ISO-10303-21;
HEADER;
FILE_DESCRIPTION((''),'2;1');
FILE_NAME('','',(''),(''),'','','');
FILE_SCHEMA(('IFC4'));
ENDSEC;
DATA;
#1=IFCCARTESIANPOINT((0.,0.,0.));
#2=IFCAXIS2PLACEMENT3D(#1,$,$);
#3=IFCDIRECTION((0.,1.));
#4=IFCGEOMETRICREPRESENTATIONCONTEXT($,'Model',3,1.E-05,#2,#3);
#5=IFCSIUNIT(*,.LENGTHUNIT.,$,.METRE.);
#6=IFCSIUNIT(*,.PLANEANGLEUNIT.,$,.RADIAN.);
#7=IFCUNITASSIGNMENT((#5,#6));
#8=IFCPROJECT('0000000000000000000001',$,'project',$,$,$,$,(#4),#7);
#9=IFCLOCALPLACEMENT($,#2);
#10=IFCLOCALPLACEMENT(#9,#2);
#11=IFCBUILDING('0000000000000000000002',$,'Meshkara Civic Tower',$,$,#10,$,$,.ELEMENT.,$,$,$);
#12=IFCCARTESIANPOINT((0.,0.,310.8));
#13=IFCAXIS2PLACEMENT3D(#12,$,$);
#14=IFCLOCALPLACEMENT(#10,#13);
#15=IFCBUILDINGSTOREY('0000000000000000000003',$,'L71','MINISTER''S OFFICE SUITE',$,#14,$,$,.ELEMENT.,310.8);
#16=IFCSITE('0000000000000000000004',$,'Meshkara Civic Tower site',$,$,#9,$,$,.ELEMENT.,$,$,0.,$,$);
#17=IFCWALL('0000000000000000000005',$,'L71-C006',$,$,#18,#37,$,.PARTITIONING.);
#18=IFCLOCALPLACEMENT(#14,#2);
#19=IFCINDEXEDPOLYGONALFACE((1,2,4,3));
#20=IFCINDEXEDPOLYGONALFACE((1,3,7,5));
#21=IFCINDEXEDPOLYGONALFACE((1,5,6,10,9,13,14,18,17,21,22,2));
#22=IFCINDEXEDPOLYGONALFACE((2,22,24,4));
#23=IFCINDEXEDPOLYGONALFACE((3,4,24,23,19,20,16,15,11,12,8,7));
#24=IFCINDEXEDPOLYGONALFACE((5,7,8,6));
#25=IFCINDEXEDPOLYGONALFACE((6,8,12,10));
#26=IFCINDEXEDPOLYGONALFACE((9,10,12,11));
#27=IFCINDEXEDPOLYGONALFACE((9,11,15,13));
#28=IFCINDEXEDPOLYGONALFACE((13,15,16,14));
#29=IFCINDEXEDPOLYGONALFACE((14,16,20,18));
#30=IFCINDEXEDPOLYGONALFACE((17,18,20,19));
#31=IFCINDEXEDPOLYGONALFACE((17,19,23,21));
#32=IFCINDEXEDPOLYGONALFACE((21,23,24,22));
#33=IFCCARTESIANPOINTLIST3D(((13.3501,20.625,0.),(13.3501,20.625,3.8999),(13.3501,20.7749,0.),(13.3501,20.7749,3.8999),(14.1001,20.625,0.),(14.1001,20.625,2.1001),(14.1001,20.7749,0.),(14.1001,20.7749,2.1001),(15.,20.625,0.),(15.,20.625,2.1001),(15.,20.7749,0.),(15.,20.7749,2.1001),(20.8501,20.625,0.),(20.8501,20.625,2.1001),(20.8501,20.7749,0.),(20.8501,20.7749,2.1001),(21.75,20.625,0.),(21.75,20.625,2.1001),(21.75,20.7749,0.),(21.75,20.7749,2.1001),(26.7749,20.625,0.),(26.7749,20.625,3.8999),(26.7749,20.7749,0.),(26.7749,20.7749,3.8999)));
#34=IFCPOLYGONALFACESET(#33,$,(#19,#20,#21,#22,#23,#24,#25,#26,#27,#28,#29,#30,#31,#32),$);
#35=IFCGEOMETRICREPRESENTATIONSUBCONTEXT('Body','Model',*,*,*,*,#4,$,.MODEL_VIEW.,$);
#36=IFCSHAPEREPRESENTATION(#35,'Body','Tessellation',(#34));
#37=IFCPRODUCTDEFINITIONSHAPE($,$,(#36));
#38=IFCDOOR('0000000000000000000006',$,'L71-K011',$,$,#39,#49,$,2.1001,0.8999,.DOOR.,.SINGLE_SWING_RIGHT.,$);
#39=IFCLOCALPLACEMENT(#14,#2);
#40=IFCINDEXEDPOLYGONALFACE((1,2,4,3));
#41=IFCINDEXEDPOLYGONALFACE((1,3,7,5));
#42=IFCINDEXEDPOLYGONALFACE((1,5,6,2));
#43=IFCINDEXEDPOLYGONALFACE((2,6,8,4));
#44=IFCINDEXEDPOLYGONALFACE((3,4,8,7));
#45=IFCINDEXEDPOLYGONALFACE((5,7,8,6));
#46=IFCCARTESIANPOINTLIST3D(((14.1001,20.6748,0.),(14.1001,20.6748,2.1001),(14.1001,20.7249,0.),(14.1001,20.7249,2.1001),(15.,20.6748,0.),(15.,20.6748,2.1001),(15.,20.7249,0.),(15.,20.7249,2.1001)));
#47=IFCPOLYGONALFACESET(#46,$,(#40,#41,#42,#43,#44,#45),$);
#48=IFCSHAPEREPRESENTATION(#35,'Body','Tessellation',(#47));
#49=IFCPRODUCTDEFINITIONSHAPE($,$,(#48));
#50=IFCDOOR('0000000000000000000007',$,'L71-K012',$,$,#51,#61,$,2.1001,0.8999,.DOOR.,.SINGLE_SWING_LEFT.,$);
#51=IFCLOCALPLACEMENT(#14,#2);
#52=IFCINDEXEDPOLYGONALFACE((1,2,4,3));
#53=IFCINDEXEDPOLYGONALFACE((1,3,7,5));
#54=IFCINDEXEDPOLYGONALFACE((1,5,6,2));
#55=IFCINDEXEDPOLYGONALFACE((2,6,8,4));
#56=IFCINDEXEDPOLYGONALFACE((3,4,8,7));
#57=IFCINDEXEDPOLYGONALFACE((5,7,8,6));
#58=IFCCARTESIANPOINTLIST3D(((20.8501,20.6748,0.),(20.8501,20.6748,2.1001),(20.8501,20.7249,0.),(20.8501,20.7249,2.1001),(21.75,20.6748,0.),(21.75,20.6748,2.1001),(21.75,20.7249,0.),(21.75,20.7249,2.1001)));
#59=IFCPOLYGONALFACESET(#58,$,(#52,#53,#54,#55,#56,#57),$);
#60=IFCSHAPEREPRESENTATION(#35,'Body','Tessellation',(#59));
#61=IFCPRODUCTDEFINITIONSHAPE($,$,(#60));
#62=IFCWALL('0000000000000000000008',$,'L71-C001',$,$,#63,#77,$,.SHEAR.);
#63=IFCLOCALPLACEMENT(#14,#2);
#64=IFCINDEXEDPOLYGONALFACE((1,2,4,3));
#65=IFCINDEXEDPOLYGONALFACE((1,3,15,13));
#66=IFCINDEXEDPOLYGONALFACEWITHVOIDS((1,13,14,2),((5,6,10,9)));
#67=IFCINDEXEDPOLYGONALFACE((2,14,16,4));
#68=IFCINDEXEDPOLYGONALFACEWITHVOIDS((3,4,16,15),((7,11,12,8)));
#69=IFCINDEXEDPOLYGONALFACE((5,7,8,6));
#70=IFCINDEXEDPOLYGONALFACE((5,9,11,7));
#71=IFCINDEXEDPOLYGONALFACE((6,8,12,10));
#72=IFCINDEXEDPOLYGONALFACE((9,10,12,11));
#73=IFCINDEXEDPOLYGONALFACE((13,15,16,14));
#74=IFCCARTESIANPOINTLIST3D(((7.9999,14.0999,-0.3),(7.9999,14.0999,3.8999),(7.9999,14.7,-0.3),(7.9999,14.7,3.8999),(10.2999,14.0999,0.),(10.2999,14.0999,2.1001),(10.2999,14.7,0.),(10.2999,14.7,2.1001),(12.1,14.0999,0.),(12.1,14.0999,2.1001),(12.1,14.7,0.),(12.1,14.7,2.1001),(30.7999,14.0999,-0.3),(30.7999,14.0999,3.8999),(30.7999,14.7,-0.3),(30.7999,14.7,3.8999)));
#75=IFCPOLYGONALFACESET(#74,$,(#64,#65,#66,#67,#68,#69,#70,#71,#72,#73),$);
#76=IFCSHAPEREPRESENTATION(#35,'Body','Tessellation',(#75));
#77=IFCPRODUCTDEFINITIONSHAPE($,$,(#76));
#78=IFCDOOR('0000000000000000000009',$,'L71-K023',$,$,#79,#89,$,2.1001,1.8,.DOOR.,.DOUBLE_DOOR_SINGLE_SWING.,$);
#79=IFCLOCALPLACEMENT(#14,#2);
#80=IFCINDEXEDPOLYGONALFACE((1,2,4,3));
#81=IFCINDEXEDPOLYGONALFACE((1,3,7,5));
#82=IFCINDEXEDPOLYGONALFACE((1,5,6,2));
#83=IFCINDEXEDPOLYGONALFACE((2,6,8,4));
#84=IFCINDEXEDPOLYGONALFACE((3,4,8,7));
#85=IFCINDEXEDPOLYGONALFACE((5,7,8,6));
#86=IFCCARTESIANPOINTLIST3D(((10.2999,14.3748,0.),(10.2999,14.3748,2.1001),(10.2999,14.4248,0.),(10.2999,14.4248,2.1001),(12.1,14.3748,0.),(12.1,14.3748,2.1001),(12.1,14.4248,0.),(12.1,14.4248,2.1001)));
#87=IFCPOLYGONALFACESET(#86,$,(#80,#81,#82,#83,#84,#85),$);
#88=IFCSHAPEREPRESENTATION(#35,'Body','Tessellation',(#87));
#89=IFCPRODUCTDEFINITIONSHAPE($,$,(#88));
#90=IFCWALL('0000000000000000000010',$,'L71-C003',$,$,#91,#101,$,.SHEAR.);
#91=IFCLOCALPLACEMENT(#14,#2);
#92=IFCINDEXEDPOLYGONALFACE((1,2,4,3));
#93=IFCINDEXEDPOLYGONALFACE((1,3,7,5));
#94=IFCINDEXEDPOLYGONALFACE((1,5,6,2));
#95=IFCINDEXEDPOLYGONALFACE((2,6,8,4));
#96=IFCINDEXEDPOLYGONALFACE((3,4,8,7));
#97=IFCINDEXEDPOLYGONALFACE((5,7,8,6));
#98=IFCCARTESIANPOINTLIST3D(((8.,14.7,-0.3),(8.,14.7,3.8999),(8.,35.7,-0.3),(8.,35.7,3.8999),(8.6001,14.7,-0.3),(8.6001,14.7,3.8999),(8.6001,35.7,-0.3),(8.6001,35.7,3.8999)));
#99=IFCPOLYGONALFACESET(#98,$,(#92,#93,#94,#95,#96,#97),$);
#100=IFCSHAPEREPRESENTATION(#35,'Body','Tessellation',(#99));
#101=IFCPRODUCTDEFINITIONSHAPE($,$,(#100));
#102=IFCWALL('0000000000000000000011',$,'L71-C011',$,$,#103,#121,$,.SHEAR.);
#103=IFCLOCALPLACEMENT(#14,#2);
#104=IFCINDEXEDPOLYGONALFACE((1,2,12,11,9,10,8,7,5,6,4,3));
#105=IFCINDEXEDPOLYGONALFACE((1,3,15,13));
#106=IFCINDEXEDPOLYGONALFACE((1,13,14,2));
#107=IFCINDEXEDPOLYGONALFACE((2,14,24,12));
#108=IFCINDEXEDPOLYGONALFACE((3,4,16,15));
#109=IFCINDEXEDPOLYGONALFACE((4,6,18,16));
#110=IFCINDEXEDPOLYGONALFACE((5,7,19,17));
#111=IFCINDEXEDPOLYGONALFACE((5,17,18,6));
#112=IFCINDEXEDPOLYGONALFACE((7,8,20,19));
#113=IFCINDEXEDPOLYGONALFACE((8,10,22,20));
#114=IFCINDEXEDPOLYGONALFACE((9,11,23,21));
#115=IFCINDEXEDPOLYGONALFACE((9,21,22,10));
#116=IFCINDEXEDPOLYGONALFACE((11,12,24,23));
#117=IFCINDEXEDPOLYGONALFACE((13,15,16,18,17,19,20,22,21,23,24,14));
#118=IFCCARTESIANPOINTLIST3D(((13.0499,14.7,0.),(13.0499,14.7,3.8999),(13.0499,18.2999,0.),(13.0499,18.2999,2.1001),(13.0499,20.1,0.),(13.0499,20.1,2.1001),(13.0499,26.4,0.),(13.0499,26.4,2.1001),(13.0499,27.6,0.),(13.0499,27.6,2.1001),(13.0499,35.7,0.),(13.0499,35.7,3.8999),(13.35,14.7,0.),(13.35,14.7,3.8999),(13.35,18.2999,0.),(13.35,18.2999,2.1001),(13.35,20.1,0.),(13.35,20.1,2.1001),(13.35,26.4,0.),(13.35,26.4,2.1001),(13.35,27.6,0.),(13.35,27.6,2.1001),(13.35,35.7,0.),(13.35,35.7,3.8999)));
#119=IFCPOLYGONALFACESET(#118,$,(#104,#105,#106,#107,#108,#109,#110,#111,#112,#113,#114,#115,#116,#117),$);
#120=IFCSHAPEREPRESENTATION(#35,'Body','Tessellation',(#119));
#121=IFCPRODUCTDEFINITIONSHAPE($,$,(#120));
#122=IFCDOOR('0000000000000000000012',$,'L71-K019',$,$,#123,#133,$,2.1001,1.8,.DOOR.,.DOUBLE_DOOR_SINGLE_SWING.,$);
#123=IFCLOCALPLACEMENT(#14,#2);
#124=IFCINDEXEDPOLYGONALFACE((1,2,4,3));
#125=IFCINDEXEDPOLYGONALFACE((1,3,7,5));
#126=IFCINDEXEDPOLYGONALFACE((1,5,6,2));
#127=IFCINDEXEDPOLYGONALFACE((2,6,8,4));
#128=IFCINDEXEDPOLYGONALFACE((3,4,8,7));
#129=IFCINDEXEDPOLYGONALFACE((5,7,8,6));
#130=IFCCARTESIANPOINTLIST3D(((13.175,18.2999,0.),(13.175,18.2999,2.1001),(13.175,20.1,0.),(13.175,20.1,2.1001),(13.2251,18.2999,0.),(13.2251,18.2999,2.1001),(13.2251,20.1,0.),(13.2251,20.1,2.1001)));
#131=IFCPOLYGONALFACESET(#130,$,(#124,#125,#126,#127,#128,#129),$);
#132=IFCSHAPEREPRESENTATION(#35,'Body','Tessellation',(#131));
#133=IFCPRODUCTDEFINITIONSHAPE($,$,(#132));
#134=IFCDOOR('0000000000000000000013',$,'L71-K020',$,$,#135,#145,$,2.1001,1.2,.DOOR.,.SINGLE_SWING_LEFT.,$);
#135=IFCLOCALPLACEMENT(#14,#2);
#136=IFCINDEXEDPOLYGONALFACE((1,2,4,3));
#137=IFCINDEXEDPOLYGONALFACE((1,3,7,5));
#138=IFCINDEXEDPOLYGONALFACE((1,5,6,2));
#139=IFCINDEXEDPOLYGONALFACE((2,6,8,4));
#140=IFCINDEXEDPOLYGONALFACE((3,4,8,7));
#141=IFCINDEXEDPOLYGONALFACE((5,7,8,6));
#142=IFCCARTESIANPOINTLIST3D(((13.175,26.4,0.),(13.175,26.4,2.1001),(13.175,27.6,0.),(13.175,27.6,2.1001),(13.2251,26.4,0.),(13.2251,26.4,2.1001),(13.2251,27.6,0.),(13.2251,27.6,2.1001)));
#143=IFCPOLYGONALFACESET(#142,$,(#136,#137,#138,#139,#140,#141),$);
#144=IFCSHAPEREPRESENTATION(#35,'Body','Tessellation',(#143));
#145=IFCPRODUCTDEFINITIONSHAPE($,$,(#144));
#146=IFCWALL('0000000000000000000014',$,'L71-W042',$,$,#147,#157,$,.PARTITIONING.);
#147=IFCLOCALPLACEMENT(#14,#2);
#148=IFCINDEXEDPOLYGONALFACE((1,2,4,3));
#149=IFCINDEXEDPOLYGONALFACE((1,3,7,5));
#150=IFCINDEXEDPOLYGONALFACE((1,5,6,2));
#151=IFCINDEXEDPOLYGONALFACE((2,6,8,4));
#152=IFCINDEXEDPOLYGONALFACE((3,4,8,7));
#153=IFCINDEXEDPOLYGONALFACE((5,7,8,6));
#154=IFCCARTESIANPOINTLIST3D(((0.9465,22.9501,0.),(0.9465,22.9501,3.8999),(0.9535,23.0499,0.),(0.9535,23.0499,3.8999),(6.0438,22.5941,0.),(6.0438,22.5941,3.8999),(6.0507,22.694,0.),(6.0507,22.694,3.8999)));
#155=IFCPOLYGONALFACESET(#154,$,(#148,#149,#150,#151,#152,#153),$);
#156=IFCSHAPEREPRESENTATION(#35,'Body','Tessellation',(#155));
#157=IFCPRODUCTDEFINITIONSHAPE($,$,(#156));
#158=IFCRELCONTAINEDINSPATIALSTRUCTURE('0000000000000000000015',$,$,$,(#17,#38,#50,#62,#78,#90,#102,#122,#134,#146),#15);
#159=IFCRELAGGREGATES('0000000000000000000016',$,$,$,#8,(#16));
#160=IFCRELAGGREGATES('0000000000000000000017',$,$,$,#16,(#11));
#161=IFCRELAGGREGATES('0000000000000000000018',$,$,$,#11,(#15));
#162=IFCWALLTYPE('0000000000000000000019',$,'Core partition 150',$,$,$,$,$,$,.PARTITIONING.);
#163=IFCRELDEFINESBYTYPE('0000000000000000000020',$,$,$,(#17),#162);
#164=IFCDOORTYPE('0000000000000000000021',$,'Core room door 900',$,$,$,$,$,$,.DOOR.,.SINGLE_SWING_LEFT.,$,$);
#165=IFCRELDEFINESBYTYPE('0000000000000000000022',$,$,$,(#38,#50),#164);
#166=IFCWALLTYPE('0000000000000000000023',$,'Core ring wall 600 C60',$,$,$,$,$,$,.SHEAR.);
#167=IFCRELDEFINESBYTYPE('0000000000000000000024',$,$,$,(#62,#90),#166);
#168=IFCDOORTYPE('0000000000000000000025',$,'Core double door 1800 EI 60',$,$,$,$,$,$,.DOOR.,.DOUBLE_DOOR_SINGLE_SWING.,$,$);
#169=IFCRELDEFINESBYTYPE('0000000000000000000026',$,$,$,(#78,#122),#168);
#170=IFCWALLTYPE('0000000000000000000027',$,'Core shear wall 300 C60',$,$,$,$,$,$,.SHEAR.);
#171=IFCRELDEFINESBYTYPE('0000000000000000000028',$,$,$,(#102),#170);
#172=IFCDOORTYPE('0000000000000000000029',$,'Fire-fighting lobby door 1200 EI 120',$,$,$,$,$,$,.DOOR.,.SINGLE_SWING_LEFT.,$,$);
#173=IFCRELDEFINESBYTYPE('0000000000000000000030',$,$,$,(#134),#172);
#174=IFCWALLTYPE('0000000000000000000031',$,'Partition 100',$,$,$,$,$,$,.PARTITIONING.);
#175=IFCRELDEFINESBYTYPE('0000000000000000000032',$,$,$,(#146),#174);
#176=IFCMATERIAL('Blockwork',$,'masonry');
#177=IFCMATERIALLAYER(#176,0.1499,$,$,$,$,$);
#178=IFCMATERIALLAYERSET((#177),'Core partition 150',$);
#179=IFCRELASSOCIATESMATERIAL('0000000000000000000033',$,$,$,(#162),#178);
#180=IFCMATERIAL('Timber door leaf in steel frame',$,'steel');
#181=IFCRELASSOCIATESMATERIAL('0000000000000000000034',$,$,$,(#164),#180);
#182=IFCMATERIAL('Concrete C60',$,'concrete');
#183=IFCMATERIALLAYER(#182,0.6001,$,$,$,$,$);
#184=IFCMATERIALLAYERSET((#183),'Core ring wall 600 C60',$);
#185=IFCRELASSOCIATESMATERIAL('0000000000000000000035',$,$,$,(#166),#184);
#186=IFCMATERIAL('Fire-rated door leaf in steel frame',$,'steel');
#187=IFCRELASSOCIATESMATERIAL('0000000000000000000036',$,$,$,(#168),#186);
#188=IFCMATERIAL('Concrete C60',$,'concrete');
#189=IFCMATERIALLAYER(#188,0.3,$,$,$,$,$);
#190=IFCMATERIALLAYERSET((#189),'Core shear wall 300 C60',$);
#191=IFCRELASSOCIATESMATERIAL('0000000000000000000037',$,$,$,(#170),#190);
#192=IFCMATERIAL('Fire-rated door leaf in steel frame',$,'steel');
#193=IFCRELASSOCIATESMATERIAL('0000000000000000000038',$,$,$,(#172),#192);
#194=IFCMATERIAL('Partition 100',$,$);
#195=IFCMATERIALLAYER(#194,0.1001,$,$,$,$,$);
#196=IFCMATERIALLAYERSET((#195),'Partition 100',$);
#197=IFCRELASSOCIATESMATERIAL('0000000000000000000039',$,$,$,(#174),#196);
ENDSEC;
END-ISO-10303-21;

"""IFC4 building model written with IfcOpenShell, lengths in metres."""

from ifc_helpers import new_model, si_unit, direction, frame, frame_2d, origin, place, context, subcontext, project, spatial, rectangle, extrude, material, layer, layer_set, type_object, element, fill, save


model = new_model("IFC4")

# Units and contexts
model_context = context("Model", 3, precision=1e-05, world=origin(), true_north=direction((0.0, 1.0)))
body_context = subcontext(model_context, "Body", "Model", "MODEL_VIEW")
ifc_project = project(units=[si_unit("LENGTHUNIT", "METRE"), si_unit("PLANEANGLEUNIT", "RADIAN")], contexts=[model_context])

# Site, building, storey
site_placement = place(None, origin())
site = spatial("IfcSite", under=ifc_project, at=site_placement, Name="Meshkara Civic Tower site", CompositionType="ELEMENT", RefElevation=0.0)
building_placement = place(site_placement, origin())
building = spatial("IfcBuilding", under=site, at=building_placement, Name="Meshkara Civic Tower", CompositionType="ELEMENT")
storey_placement = place(building_placement, frame((0.0, 0.0, 310.8)))
storey = spatial("IfcBuildingStorey", under=building, at=storey_placement, Name="L71", Description="MINISTER'S OFFICE SUITE", CompositionType="ELEMENT", Elevation=310.8)

# Wall, openings, doors
ifc_material_1 = material(Name="Blockwork", Category="masonry")
ifc_layer_1 = layer(ifc_material_1, 0.1499)
ifc_layer_set_1 = layer_set([ifc_layer_1], Name="Core partition 150")
wall_type_1 = type_object("IfcWallType", Name="Core partition 150", PredefinedType="PARTITIONING", material=ifc_layer_set_1)
wall_1_placement = place(storey_placement, frame((13.3501, 20.7, 0.0), z_axis=(0.0, 0.0, 1.0), x_axis=(1.0, 0.0, 0.0)))
wall_1 = element("IfcWall", 1, at=wall_1_placement, inside=storey, type_object=wall_type_1, Name="L71-C006", PredefinedType="PARTITIONING", context=body_context, shape_type="SweptSolid", body=[
    extrude(rectangle(XDim=13.4248, YDim=0.1499, at=frame_2d((6.7124, 0.0))), origin(), (0.0, 0.0, 1.0), 3.8999),
])
opening_1_placement = place(wall_1_placement, frame((0.75, 0.0, 0.0)))
opening_1 = element("IfcOpeningElement", 2, at=opening_1_placement, cuts=wall_1, PredefinedType="OPENING", context=body_context, shape_type="SweptSolid", body=[
    extrude(rectangle(XDim=0.8999, YDim=2.1001, at=frame_2d((0.45, 1.05))), frame((0.0, 0.085, 0.0), z_axis=(0.0, -1.0, 0.0), x_axis=(1.0, 0.0, 0.0)), (0.0, 0.0, 1.0), 0.1699),
])
opening_2_placement = place(wall_1_placement, frame((7.5, 0.0, 0.0)))
opening_2 = element("IfcOpeningElement", 3, at=opening_2_placement, cuts=wall_1, PredefinedType="OPENING", context=body_context, shape_type="SweptSolid", body=[
    extrude(rectangle(XDim=0.8999, YDim=2.1001, at=frame_2d((0.45, 1.05))), frame((0.0, 0.085, 0.0), z_axis=(0.0, -1.0, 0.0), x_axis=(1.0, 0.0, 0.0)), (0.0, 0.0, 1.0), 0.1699),
])
ifc_material_2 = material(Name="Timber door leaf in steel frame", Category="steel")
door_type_1 = type_object("IfcDoorType", Name="Core room door 900", OperationType="SINGLE_SWING_LEFT", PredefinedType="DOOR", material=ifc_material_2)
door_1_placement = place(opening_1_placement, origin())
door_1 = element("IfcDoor", 4, at=door_1_placement, inside=storey, type_object=door_type_1, Name="L71-K011", OperationType="SINGLE_SWING_RIGHT", OverallHeight=2.1001, OverallWidth=0.8999, PredefinedType="DOOR", context=body_context, shape_type="SweptSolid", body=[
    extrude(rectangle(XDim=0.8999, YDim=2.1001, at=frame_2d((0.45, 1.05))), frame((0.0, 0.0249, 0.0), z_axis=(0.0, -1.0, 0.0), x_axis=(1.0, 0.0, 0.0)), (0.0, 0.0, 1.0), 0.05),
])
fill(opening_1, door_1)
door_2_placement = place(opening_2_placement, origin())
door_2 = element("IfcDoor", 5, at=door_2_placement, inside=storey, type_object=door_type_1, Name="L71-K012", OperationType="SINGLE_SWING_LEFT", OverallHeight=2.1001, OverallWidth=0.8999, PredefinedType="DOOR", context=body_context, shape_type="SweptSolid", body=[
    extrude(rectangle(XDim=0.8999, YDim=2.1001, at=frame_2d((0.45, 1.05))), frame((0.0, 0.0249, 0.0), z_axis=(0.0, -1.0, 0.0), x_axis=(1.0, 0.0, 0.0)), (0.0, 0.0, 1.0), 0.05),
])
fill(opening_2, door_2)

# Wall, opening, door
ifc_material_3 = material(Name="Concrete C60", Category="concrete")
ifc_layer_2 = layer(ifc_material_3, 0.6001)
ifc_layer_set_2 = layer_set([ifc_layer_2], Name="Core ring wall 600 C60")
wall_type_2 = type_object("IfcWallType", Name="Core ring wall 600 C60", PredefinedType="SHEAR", material=ifc_layer_set_2)
wall_2_placement = place(storey_placement, frame((8.0, 14.3999, -0.3), z_axis=(0.0, 0.0, 1.0), x_axis=(1.0, 0.0, 0.0)))
wall_2 = element("IfcWall", 6, at=wall_2_placement, inside=storey, type_object=wall_type_2, Name="L71-C001", PredefinedType="SHEAR", context=body_context, shape_type="SweptSolid", body=[
    extrude(rectangle(XDim=22.8, YDim=0.6001, at=frame_2d((11.3999, 0.0))), origin(), (0.0, 0.0, 1.0), 4.2),
])
opening_3_placement = place(wall_2_placement, frame((2.3, 0.0, 0.3)))
opening_3 = element("IfcOpeningElement", 7, at=opening_3_placement, cuts=wall_2, PredefinedType="OPENING", context=body_context, shape_type="SweptSolid", body=[
    extrude(rectangle(XDim=1.8, YDim=2.1001, at=frame_2d((0.8999, 1.05))), frame((0.0, 0.3101, 0.0), z_axis=(0.0, -1.0, 0.0), x_axis=(1.0, 0.0, 0.0)), (0.0, 0.0, 1.0), 0.6201),
])
ifc_material_4 = material(Name="Fire-rated door leaf in steel frame", Category="steel")
door_type_2 = type_object("IfcDoorType", Name="Core double door 1800 EI 60", OperationType="DOUBLE_DOOR_SINGLE_SWING", PredefinedType="DOOR", material=ifc_material_4)
door_3_placement = place(opening_3_placement, origin())
door_3 = element("IfcDoor", 8, at=door_3_placement, inside=storey, type_object=door_type_2, Name="L71-K023", OperationType="DOUBLE_DOOR_SINGLE_SWING", OverallHeight=2.1001, OverallWidth=1.8, PredefinedType="DOOR", context=body_context, shape_type="SweptSolid", body=[
    extrude(rectangle(XDim=1.8, YDim=2.1001, at=frame_2d((0.8999, 1.05))), frame((0.0, 0.0249, 0.0), z_axis=(0.0, -1.0, 0.0), x_axis=(1.0, 0.0, 0.0)), (0.0, 0.0, 1.0), 0.05),
])
fill(opening_3, door_3)

# Wall
wall_3_placement = place(storey_placement, frame((8.3, 14.7, -0.3), z_axis=(0.0, 0.0, 1.0), x_axis=(0.0, 1.0, 0.0)))
element("IfcWall", 9, at=wall_3_placement, inside=storey, type_object=wall_type_2, Name="L71-C003", PredefinedType="SHEAR", context=body_context, shape_type="SweptSolid", body=[
    extrude(rectangle(XDim=21.0, YDim=0.6001, at=frame_2d((10.5, 0.0))), origin(), (0.0, 0.0, 1.0), 4.2),
])

# Wall, openings, doors
ifc_material_5 = material(Name="Concrete C60", Category="concrete")
ifc_layer_3 = layer(ifc_material_5, 0.3)
ifc_layer_set_3 = layer_set([ifc_layer_3], Name="Core shear wall 300 C60")
wall_type_3 = type_object("IfcWallType", Name="Core shear wall 300 C60", PredefinedType="SHEAR", material=ifc_layer_set_3)
wall_4_placement = place(storey_placement, frame((13.2, 14.7, 0.0), z_axis=(0.0, 0.0, 1.0), x_axis=(0.0, 1.0, 0.0)))
wall_4 = element("IfcWall", 10, at=wall_4_placement, inside=storey, type_object=wall_type_3, Name="L71-C011", PredefinedType="SHEAR", context=body_context, shape_type="SweptSolid", body=[
    extrude(rectangle(XDim=21.0, YDim=0.3, at=frame_2d((10.5, 0.0))), origin(), (0.0, 0.0, 1.0), 3.8999),
])
opening_4_placement = place(wall_4_placement, frame((3.6001, 0.0, 0.0)))
opening_4 = element("IfcOpeningElement", 11, at=opening_4_placement, cuts=wall_4, PredefinedType="OPENING", context=body_context, shape_type="SweptSolid", body=[
    extrude(rectangle(XDim=1.8, YDim=2.1001, at=frame_2d((0.8999, 1.05))), frame((0.0, 0.1599, 0.0), z_axis=(0.0, -1.0, 0.0), x_axis=(1.0, 0.0, 0.0)), (0.0, 0.0, 1.0), 0.3201),
])
opening_5_placement = place(wall_4_placement, frame((11.7, 0.0, 0.0)))
opening_5 = element("IfcOpeningElement", 12, at=opening_5_placement, cuts=wall_4, PredefinedType="OPENING", context=body_context, shape_type="SweptSolid", body=[
    extrude(rectangle(XDim=1.2, YDim=2.1001, at=frame_2d((0.6001, 1.05))), frame((0.0, 0.1599, 0.0), z_axis=(0.0, -1.0, 0.0), x_axis=(1.0, 0.0, 0.0)), (0.0, 0.0, 1.0), 0.3201),
])
door_4_placement = place(opening_4_placement, origin())
door_4 = element("IfcDoor", 13, at=door_4_placement, inside=storey, type_object=door_type_2, Name="L71-K019", OperationType="DOUBLE_DOOR_SINGLE_SWING", OverallHeight=2.1001, OverallWidth=1.8, PredefinedType="DOOR", context=body_context, shape_type="SweptSolid", body=[
    extrude(rectangle(XDim=1.8, YDim=2.1001, at=frame_2d((0.8999, 1.05))), frame((0.0, 0.0249, 0.0), z_axis=(0.0, -1.0, 0.0), x_axis=(1.0, 0.0, 0.0)), (0.0, 0.0, 1.0), 0.05),
])
fill(opening_4, door_4)
ifc_material_6 = material(Name="Fire-rated door leaf in steel frame", Category="steel")
door_type_3 = type_object("IfcDoorType", Name="Fire-fighting lobby door 1200 EI 120", OperationType="SINGLE_SWING_LEFT", PredefinedType="DOOR", material=ifc_material_6)
door_5_placement = place(opening_5_placement, origin())
door_5 = element("IfcDoor", 14, at=door_5_placement, inside=storey, type_object=door_type_3, Name="L71-K020", OperationType="SINGLE_SWING_LEFT", OverallHeight=2.1001, OverallWidth=1.2, PredefinedType="DOOR", context=body_context, shape_type="SweptSolid", body=[
    extrude(rectangle(XDim=1.2, YDim=2.1001, at=frame_2d((0.6001, 1.05))), frame((0.0, 0.0249, 0.0), z_axis=(0.0, -1.0, 0.0), x_axis=(1.0, 0.0, 0.0)), (0.0, 0.0, 1.0), 0.05),
])
fill(opening_5, door_5)

# Wall
ifc_material_7 = material(Name="Partition 100")
ifc_layer_4 = layer(ifc_material_7, 0.1001)
ifc_layer_set_4 = layer_set([ifc_layer_4], Name="Partition 100")
wall_type_4 = type_object("IfcWallType", Name="Partition 100", PredefinedType="PARTITIONING", material=ifc_layer_set_4)
wall_5_placement = place(storey_placement, frame((6.0471, 22.644, 0.0), z_axis=(0.0, 0.0, 1.0), x_axis=(-0.99757, 0.069665, 0.0)))
element("IfcWall", 15, at=wall_5_placement, inside=storey, type_object=wall_type_4, Name="L71-W042", PredefinedType="PARTITIONING", context=body_context, shape_type="SweptSolid", body=[
    extrude(rectangle(XDim=5.1096, YDim=0.1001, at=frame_2d((2.5547, 0.0))), origin(), (0.0, 0.0, 1.0), 3.8999),
])

save(model, "model.ifc")
